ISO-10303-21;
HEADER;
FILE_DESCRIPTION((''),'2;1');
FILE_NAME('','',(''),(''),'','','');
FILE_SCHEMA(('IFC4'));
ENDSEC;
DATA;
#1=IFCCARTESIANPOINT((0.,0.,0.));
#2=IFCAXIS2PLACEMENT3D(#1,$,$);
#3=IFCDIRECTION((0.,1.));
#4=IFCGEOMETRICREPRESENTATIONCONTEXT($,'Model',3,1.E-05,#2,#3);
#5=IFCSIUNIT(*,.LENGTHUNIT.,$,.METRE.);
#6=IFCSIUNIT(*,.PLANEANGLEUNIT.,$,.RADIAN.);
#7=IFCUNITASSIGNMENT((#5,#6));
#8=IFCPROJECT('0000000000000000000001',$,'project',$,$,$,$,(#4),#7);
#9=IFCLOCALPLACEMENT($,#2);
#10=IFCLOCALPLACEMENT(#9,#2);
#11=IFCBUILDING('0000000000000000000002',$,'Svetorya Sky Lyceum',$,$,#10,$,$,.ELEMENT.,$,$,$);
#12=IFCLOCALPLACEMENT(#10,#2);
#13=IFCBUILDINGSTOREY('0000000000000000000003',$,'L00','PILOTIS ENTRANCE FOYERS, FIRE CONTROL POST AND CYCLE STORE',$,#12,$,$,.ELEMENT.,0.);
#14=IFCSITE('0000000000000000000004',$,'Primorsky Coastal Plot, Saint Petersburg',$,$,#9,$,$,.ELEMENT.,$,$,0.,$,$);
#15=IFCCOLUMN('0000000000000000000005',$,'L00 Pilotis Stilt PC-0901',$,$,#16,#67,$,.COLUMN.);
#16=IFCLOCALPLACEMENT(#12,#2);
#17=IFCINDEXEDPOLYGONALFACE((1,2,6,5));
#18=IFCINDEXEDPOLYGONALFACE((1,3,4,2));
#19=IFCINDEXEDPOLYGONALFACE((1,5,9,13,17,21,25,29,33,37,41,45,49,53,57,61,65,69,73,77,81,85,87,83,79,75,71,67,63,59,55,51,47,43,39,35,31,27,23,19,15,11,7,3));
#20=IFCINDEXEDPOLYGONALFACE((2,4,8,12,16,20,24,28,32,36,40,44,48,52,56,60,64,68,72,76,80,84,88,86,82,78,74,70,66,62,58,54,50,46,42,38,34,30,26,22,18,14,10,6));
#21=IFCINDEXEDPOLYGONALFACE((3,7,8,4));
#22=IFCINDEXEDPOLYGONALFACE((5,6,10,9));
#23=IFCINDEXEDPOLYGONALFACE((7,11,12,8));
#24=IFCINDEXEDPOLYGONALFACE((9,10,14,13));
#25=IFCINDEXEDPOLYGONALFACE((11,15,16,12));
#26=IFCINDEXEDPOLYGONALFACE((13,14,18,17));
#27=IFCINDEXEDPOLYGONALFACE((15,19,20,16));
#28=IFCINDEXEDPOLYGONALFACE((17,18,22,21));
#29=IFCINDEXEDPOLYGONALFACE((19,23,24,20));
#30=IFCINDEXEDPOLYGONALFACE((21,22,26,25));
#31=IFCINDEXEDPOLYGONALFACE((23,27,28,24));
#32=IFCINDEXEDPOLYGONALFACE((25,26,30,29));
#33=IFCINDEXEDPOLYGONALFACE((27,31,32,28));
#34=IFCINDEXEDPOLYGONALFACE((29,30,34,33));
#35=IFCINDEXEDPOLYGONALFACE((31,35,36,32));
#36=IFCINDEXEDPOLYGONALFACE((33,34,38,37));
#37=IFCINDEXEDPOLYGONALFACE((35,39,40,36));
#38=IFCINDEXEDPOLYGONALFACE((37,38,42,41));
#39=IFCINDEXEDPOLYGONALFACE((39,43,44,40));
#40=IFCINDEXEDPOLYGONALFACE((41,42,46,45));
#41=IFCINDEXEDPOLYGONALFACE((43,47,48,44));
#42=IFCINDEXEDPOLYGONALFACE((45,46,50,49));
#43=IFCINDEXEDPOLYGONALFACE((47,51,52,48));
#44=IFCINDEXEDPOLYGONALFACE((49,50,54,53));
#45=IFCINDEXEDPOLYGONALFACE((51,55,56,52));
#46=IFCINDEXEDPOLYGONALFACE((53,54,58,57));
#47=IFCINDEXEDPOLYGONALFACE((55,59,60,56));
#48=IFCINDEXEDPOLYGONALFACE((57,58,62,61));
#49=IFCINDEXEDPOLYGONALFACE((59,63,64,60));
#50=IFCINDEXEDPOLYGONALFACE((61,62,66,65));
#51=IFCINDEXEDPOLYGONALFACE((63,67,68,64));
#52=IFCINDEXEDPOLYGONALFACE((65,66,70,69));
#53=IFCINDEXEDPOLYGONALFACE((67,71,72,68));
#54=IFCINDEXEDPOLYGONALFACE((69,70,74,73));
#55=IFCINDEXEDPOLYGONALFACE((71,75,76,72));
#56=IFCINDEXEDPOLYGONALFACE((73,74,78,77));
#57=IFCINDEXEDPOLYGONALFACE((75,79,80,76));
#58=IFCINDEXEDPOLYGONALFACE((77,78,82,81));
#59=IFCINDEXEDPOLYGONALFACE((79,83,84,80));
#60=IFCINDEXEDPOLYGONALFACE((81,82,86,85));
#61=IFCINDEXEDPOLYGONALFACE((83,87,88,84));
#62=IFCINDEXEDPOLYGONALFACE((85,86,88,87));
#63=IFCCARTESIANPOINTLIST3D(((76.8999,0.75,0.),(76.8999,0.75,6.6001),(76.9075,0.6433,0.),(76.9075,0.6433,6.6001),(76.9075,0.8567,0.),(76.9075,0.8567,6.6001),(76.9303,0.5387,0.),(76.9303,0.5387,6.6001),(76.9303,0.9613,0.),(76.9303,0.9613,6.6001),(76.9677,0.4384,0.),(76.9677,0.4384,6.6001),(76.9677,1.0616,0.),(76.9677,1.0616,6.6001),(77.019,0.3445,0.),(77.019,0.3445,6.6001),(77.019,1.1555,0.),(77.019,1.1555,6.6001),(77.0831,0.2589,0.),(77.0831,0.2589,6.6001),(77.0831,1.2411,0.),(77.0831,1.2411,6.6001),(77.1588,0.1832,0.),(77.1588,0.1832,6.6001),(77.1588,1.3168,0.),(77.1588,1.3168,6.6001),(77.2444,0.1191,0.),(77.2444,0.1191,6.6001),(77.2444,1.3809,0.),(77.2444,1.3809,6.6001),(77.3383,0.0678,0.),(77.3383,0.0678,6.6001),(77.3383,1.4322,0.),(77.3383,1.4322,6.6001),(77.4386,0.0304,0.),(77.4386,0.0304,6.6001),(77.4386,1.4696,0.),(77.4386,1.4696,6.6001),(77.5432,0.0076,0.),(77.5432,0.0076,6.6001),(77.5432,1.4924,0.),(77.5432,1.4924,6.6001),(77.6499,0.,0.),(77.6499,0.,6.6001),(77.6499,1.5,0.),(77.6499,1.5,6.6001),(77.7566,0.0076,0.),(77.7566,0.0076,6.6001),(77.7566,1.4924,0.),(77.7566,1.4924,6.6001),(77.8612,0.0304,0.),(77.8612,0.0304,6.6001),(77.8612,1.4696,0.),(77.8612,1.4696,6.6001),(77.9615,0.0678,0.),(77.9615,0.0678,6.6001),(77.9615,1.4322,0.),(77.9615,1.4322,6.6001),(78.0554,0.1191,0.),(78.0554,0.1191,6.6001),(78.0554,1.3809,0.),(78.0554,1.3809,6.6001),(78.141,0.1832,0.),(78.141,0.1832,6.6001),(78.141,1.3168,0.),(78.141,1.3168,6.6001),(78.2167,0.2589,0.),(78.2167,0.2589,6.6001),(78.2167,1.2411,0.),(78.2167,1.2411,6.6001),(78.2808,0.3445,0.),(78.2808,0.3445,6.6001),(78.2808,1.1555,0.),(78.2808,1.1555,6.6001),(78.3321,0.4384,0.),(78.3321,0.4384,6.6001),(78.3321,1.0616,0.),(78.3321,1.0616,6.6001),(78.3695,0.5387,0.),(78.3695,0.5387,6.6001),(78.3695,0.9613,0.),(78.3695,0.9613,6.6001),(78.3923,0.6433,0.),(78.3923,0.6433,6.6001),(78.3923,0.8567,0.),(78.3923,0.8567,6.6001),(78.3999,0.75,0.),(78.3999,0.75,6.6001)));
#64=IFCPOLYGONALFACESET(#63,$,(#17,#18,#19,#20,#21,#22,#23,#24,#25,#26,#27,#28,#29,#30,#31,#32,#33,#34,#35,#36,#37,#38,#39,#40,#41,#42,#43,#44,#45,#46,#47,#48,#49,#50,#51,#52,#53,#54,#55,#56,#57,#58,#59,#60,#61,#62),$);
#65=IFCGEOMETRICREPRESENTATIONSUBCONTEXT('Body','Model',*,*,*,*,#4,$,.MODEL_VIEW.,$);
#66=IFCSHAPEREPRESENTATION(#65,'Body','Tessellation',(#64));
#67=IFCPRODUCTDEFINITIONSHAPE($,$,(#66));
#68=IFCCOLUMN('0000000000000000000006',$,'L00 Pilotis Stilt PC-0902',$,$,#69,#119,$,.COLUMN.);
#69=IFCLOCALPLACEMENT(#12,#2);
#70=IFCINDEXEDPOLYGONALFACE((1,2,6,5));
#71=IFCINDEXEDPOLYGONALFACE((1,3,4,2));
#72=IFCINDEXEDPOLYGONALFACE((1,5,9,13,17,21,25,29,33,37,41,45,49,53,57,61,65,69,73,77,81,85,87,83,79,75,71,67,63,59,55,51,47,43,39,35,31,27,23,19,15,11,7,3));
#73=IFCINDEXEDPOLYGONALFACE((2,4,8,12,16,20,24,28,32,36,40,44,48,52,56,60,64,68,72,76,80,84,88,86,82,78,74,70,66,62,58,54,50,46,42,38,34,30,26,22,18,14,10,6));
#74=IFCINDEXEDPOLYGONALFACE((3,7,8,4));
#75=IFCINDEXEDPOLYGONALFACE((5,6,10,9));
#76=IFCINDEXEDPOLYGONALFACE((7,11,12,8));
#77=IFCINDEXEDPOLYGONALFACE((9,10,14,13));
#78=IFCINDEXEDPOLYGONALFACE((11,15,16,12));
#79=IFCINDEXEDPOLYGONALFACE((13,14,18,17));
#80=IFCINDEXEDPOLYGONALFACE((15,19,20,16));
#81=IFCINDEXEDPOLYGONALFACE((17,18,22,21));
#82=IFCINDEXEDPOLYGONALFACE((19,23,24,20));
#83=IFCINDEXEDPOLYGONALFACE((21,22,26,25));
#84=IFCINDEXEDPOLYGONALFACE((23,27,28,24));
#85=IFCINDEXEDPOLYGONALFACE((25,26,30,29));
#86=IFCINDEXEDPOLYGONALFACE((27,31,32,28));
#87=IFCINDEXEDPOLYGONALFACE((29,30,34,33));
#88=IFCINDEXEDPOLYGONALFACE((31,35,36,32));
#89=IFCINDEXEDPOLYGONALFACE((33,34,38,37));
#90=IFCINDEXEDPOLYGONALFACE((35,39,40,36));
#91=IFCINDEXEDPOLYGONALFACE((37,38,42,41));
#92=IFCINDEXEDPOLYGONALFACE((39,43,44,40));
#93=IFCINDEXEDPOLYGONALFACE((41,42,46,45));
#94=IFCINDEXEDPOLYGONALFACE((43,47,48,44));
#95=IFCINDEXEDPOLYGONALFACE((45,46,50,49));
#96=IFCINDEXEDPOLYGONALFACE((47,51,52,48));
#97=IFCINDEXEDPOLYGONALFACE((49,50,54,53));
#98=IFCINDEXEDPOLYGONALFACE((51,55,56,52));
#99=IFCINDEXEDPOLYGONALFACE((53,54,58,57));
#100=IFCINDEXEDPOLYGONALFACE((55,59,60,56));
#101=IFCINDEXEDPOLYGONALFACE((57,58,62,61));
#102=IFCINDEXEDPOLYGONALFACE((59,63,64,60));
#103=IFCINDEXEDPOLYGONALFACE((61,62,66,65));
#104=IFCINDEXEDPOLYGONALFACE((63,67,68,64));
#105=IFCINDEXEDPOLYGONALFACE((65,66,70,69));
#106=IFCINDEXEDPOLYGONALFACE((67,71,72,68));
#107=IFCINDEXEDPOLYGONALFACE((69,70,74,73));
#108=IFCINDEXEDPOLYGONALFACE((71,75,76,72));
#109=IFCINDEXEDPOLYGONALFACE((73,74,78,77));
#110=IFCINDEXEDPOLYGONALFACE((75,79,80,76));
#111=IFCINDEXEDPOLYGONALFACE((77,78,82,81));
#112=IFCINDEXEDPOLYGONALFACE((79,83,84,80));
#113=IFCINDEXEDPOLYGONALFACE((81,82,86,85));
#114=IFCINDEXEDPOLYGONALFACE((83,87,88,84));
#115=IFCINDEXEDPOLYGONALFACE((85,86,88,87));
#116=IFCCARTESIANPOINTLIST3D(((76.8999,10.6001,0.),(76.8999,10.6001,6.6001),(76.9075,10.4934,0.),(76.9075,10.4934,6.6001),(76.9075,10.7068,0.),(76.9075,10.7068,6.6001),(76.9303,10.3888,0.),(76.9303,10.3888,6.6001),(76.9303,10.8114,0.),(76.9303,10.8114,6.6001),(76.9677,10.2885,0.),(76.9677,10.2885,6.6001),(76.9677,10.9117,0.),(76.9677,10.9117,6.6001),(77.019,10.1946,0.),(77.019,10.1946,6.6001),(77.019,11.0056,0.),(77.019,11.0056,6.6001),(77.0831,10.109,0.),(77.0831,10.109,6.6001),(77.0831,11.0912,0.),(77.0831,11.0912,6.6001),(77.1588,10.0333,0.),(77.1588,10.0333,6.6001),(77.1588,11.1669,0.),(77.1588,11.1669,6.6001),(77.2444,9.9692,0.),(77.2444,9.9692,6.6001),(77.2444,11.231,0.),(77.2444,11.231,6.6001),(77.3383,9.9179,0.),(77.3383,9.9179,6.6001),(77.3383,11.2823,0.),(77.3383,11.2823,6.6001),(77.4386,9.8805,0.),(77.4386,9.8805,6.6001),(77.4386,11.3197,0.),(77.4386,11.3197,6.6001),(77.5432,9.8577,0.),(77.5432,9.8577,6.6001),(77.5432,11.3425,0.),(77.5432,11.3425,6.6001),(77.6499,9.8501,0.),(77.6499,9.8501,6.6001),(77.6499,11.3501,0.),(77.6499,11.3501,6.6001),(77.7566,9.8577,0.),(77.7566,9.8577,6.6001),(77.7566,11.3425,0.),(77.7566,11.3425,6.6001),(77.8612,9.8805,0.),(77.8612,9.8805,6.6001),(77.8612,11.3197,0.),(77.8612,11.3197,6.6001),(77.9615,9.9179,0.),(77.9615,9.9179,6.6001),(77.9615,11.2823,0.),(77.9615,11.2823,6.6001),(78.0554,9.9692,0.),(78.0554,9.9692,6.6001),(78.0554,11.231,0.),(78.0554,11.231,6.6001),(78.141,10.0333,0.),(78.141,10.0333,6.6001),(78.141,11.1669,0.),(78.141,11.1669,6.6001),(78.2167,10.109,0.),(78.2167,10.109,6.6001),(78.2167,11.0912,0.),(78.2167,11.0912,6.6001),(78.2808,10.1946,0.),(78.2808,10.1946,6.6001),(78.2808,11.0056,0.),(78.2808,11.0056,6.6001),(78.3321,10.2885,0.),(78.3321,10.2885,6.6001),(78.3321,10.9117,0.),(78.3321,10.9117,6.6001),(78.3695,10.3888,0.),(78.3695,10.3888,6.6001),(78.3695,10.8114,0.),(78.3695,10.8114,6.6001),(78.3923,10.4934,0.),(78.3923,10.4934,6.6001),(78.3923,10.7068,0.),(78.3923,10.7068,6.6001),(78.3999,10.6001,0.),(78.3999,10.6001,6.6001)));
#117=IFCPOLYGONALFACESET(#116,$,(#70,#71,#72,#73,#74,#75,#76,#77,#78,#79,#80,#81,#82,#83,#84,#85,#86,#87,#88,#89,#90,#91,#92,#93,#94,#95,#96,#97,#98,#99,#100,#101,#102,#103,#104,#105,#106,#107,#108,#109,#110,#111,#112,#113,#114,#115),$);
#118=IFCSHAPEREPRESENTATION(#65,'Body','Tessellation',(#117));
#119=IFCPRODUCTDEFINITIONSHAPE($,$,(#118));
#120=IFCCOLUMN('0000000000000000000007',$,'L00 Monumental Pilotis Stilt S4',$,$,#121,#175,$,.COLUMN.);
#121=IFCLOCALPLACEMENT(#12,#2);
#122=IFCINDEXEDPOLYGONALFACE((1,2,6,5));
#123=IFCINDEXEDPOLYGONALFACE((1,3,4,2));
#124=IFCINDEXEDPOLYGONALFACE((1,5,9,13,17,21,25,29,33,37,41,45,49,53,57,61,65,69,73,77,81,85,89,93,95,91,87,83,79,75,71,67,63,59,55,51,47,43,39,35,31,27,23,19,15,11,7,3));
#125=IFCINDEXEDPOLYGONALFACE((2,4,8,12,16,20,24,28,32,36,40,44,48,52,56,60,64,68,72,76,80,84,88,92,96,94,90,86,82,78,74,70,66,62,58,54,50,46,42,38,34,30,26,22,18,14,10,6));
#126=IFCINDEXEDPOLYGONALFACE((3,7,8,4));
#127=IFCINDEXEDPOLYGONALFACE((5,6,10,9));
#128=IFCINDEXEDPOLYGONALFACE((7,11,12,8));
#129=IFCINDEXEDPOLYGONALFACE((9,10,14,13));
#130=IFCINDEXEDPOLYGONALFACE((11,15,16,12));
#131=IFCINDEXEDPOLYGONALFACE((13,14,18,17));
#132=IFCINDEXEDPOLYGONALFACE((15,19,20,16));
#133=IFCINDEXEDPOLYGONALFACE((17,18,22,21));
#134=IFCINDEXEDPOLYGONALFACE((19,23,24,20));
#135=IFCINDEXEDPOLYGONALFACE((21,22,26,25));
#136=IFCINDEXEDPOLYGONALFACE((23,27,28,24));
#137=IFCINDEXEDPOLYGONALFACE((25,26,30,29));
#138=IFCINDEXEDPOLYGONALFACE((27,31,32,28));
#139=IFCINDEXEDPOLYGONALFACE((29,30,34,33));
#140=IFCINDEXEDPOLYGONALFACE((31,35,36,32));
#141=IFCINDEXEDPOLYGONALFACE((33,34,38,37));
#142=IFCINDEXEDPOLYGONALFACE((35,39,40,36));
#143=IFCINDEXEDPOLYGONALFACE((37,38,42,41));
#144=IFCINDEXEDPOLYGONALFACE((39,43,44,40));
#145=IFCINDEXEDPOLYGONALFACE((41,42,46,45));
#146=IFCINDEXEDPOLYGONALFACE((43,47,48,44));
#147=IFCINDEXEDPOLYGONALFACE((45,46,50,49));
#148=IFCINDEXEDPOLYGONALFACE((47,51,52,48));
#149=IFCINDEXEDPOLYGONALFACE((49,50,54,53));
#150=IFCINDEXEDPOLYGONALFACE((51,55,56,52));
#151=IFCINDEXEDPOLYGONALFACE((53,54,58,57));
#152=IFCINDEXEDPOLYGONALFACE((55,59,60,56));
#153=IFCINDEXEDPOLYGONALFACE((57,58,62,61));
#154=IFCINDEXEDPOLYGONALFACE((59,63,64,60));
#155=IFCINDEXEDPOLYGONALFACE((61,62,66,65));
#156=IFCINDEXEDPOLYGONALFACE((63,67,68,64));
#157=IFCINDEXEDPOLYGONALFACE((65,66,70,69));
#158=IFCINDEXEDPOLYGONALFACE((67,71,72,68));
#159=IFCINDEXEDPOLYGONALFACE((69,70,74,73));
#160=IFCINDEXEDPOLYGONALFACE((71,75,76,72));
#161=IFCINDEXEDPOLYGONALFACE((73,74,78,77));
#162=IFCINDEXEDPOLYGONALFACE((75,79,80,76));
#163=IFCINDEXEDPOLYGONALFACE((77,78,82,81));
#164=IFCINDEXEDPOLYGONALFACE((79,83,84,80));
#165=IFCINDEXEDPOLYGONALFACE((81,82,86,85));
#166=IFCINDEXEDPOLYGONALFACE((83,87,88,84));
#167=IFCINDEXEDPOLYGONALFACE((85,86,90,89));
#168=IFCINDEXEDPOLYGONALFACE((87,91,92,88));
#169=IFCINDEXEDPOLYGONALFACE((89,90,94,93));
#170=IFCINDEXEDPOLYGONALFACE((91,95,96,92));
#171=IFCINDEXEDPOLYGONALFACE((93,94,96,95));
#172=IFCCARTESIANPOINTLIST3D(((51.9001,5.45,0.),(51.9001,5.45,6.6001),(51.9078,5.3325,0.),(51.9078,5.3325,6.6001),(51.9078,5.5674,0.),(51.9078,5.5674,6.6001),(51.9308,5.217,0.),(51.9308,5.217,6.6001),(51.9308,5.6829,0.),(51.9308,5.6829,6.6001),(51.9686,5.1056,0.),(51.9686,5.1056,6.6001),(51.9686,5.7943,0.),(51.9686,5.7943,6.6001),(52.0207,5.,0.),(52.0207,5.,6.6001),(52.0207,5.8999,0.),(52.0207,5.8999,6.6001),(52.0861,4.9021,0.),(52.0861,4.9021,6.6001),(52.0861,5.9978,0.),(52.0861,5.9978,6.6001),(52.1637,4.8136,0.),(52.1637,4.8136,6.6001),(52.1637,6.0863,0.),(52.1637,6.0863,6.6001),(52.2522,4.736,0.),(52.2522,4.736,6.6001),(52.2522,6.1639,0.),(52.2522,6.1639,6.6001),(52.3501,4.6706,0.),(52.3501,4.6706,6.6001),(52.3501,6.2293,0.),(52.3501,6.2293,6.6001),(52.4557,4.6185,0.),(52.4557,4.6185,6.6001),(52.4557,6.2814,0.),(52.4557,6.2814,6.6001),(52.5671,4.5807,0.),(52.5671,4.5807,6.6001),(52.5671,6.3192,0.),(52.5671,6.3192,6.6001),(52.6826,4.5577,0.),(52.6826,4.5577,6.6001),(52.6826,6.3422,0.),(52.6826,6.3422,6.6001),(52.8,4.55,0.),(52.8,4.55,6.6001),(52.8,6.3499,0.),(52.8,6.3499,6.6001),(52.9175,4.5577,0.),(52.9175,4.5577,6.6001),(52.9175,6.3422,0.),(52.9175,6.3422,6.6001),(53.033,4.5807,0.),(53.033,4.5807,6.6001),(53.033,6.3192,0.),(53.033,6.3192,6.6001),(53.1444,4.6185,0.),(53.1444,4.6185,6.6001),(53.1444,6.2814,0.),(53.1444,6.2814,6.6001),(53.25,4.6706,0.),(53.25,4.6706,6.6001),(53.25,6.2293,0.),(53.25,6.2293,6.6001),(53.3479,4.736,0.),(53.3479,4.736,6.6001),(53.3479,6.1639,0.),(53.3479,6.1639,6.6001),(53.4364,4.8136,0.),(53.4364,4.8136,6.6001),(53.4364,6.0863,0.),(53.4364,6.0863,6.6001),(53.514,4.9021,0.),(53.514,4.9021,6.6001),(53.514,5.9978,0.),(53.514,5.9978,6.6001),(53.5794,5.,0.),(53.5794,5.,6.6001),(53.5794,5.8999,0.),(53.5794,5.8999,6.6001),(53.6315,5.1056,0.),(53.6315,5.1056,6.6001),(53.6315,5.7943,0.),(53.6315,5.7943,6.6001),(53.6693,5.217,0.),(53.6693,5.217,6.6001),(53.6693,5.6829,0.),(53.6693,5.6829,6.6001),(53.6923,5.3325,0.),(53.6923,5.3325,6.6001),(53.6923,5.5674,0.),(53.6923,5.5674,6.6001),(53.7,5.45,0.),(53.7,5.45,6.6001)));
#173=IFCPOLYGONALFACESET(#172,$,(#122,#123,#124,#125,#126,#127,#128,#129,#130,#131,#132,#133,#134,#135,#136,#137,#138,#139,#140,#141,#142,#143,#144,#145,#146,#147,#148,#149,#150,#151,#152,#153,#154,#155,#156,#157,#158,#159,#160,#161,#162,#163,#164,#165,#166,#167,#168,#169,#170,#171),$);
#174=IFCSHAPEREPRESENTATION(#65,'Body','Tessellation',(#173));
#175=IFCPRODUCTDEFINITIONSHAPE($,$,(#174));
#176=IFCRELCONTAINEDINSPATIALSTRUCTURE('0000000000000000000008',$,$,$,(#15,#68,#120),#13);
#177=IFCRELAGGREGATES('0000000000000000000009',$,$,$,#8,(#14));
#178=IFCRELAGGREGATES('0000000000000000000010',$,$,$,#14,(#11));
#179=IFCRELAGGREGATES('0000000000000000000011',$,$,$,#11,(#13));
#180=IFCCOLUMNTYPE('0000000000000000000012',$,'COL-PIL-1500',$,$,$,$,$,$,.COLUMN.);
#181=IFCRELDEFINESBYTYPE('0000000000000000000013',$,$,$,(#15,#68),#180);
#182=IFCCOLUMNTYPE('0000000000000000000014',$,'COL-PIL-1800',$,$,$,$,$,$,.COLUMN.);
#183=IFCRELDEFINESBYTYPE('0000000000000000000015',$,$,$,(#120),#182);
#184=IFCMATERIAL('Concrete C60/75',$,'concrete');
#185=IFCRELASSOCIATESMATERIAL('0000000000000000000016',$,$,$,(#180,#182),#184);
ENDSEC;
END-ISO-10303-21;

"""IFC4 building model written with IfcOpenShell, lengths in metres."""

from ifc_helpers import new_model, si_unit, direction, frame, origin, origin_2d, place, context, subcontext, project, spatial, circle, extrude, material, material_profile, profile_set, type_object, element, save


model = new_model("IFC4")

# Units and contexts
model_context = context("Model", 3, precision=1e-05, world=origin(), true_north=direction((0.0, 1.0)))
body_context = subcontext(model_context, "Body", "Model", "MODEL_VIEW")
ifc_project = project(units=[si_unit("LENGTHUNIT", "METRE"), si_unit("PLANEANGLEUNIT", "RADIAN")], contexts=[model_context])

# Site, building, storey
site_placement = place(None, origin())
site = spatial("IfcSite", under=ifc_project, at=site_placement, Name="Primorsky Coastal Plot, Saint Petersburg", CompositionType="ELEMENT", RefElevation=0.0)
building_placement = place(site_placement, origin())
building = spatial("IfcBuilding", under=site, at=building_placement, Name="Svetorya Sky Lyceum", CompositionType="ELEMENT")
storey_placement = place(building_placement, origin())
storey = spatial("IfcBuildingStorey", under=building, at=storey_placement, Name="L00", Description="PILOTIS ENTRANCE FOYERS, FIRE CONTROL POST AND CYCLE STORE", CompositionType="ELEMENT", Elevation=0.0)

# Columns
ifc_material_1 = material(Name="Concrete C60/75", Category="concrete")
ifc_material_profile_1 = material_profile(ifc_material_1, circle(Radius=0.75, at=origin_2d()), Name="RC PILOTI D1500")
ifc_profile_set_1 = profile_set([ifc_material_profile_1], Name="Concrete C60/75")
column_type_1 = type_object("IfcColumnType", Name="COL-PIL-1500", PredefinedType="COLUMN", material=ifc_profile_set_1)
for number, where, z_axis, x_axis, name in (
    (1, (77.6499, 0.75, 0.0), (0.0, 0.0, 1.0), (1.0, 0.0, 0.0), "L00 Pilotis Stilt PC-0901"),
    (2, (77.6499, 10.6001, 0.0), (0.0, 0.0, 1.0), (1.0, 0.0, 0.0), "L00 Pilotis Stilt PC-0902"),
):
    element("IfcColumn", number, at=place(storey_placement, frame(where, z_axis=z_axis, x_axis=x_axis)), inside=storey, type_object=column_type_1, Name=name, PredefinedType="COLUMN", context=body_context, shape_type="SweptSolid", body=[
        extrude(circle(Radius=0.75, at=origin_2d()), origin(), (0.0, 0.0, 1.0), 6.6001),
    ])
ifc_material_profile_2 = material_profile(ifc_material_1, circle(Radius=0.8999, at=origin_2d()), Name="RC PILOTI D1800")
ifc_profile_set_2 = profile_set([ifc_material_profile_2], Name="Concrete C60/75")
column_type_2 = type_object("IfcColumnType", Name="COL-PIL-1800", PredefinedType="COLUMN", material=ifc_profile_set_2)
for number, where, z_axis, x_axis, name in (
    (3, (52.8, 5.45, 0.0), (0.0, 0.0, 1.0), (1.0, 0.0, 0.0), "L00 Monumental Pilotis Stilt S4"),
):
    element("IfcColumn", number, at=place(storey_placement, frame(where, z_axis=z_axis, x_axis=x_axis)), inside=storey, type_object=column_type_2, Name=name, PredefinedType="COLUMN", context=body_context, shape_type="SweptSolid", body=[
        extrude(circle(Radius=0.8999, at=origin_2d()), origin(), (0.0, 0.0, 1.0), 6.6001),
    ])

save(model, "model.ifc")
